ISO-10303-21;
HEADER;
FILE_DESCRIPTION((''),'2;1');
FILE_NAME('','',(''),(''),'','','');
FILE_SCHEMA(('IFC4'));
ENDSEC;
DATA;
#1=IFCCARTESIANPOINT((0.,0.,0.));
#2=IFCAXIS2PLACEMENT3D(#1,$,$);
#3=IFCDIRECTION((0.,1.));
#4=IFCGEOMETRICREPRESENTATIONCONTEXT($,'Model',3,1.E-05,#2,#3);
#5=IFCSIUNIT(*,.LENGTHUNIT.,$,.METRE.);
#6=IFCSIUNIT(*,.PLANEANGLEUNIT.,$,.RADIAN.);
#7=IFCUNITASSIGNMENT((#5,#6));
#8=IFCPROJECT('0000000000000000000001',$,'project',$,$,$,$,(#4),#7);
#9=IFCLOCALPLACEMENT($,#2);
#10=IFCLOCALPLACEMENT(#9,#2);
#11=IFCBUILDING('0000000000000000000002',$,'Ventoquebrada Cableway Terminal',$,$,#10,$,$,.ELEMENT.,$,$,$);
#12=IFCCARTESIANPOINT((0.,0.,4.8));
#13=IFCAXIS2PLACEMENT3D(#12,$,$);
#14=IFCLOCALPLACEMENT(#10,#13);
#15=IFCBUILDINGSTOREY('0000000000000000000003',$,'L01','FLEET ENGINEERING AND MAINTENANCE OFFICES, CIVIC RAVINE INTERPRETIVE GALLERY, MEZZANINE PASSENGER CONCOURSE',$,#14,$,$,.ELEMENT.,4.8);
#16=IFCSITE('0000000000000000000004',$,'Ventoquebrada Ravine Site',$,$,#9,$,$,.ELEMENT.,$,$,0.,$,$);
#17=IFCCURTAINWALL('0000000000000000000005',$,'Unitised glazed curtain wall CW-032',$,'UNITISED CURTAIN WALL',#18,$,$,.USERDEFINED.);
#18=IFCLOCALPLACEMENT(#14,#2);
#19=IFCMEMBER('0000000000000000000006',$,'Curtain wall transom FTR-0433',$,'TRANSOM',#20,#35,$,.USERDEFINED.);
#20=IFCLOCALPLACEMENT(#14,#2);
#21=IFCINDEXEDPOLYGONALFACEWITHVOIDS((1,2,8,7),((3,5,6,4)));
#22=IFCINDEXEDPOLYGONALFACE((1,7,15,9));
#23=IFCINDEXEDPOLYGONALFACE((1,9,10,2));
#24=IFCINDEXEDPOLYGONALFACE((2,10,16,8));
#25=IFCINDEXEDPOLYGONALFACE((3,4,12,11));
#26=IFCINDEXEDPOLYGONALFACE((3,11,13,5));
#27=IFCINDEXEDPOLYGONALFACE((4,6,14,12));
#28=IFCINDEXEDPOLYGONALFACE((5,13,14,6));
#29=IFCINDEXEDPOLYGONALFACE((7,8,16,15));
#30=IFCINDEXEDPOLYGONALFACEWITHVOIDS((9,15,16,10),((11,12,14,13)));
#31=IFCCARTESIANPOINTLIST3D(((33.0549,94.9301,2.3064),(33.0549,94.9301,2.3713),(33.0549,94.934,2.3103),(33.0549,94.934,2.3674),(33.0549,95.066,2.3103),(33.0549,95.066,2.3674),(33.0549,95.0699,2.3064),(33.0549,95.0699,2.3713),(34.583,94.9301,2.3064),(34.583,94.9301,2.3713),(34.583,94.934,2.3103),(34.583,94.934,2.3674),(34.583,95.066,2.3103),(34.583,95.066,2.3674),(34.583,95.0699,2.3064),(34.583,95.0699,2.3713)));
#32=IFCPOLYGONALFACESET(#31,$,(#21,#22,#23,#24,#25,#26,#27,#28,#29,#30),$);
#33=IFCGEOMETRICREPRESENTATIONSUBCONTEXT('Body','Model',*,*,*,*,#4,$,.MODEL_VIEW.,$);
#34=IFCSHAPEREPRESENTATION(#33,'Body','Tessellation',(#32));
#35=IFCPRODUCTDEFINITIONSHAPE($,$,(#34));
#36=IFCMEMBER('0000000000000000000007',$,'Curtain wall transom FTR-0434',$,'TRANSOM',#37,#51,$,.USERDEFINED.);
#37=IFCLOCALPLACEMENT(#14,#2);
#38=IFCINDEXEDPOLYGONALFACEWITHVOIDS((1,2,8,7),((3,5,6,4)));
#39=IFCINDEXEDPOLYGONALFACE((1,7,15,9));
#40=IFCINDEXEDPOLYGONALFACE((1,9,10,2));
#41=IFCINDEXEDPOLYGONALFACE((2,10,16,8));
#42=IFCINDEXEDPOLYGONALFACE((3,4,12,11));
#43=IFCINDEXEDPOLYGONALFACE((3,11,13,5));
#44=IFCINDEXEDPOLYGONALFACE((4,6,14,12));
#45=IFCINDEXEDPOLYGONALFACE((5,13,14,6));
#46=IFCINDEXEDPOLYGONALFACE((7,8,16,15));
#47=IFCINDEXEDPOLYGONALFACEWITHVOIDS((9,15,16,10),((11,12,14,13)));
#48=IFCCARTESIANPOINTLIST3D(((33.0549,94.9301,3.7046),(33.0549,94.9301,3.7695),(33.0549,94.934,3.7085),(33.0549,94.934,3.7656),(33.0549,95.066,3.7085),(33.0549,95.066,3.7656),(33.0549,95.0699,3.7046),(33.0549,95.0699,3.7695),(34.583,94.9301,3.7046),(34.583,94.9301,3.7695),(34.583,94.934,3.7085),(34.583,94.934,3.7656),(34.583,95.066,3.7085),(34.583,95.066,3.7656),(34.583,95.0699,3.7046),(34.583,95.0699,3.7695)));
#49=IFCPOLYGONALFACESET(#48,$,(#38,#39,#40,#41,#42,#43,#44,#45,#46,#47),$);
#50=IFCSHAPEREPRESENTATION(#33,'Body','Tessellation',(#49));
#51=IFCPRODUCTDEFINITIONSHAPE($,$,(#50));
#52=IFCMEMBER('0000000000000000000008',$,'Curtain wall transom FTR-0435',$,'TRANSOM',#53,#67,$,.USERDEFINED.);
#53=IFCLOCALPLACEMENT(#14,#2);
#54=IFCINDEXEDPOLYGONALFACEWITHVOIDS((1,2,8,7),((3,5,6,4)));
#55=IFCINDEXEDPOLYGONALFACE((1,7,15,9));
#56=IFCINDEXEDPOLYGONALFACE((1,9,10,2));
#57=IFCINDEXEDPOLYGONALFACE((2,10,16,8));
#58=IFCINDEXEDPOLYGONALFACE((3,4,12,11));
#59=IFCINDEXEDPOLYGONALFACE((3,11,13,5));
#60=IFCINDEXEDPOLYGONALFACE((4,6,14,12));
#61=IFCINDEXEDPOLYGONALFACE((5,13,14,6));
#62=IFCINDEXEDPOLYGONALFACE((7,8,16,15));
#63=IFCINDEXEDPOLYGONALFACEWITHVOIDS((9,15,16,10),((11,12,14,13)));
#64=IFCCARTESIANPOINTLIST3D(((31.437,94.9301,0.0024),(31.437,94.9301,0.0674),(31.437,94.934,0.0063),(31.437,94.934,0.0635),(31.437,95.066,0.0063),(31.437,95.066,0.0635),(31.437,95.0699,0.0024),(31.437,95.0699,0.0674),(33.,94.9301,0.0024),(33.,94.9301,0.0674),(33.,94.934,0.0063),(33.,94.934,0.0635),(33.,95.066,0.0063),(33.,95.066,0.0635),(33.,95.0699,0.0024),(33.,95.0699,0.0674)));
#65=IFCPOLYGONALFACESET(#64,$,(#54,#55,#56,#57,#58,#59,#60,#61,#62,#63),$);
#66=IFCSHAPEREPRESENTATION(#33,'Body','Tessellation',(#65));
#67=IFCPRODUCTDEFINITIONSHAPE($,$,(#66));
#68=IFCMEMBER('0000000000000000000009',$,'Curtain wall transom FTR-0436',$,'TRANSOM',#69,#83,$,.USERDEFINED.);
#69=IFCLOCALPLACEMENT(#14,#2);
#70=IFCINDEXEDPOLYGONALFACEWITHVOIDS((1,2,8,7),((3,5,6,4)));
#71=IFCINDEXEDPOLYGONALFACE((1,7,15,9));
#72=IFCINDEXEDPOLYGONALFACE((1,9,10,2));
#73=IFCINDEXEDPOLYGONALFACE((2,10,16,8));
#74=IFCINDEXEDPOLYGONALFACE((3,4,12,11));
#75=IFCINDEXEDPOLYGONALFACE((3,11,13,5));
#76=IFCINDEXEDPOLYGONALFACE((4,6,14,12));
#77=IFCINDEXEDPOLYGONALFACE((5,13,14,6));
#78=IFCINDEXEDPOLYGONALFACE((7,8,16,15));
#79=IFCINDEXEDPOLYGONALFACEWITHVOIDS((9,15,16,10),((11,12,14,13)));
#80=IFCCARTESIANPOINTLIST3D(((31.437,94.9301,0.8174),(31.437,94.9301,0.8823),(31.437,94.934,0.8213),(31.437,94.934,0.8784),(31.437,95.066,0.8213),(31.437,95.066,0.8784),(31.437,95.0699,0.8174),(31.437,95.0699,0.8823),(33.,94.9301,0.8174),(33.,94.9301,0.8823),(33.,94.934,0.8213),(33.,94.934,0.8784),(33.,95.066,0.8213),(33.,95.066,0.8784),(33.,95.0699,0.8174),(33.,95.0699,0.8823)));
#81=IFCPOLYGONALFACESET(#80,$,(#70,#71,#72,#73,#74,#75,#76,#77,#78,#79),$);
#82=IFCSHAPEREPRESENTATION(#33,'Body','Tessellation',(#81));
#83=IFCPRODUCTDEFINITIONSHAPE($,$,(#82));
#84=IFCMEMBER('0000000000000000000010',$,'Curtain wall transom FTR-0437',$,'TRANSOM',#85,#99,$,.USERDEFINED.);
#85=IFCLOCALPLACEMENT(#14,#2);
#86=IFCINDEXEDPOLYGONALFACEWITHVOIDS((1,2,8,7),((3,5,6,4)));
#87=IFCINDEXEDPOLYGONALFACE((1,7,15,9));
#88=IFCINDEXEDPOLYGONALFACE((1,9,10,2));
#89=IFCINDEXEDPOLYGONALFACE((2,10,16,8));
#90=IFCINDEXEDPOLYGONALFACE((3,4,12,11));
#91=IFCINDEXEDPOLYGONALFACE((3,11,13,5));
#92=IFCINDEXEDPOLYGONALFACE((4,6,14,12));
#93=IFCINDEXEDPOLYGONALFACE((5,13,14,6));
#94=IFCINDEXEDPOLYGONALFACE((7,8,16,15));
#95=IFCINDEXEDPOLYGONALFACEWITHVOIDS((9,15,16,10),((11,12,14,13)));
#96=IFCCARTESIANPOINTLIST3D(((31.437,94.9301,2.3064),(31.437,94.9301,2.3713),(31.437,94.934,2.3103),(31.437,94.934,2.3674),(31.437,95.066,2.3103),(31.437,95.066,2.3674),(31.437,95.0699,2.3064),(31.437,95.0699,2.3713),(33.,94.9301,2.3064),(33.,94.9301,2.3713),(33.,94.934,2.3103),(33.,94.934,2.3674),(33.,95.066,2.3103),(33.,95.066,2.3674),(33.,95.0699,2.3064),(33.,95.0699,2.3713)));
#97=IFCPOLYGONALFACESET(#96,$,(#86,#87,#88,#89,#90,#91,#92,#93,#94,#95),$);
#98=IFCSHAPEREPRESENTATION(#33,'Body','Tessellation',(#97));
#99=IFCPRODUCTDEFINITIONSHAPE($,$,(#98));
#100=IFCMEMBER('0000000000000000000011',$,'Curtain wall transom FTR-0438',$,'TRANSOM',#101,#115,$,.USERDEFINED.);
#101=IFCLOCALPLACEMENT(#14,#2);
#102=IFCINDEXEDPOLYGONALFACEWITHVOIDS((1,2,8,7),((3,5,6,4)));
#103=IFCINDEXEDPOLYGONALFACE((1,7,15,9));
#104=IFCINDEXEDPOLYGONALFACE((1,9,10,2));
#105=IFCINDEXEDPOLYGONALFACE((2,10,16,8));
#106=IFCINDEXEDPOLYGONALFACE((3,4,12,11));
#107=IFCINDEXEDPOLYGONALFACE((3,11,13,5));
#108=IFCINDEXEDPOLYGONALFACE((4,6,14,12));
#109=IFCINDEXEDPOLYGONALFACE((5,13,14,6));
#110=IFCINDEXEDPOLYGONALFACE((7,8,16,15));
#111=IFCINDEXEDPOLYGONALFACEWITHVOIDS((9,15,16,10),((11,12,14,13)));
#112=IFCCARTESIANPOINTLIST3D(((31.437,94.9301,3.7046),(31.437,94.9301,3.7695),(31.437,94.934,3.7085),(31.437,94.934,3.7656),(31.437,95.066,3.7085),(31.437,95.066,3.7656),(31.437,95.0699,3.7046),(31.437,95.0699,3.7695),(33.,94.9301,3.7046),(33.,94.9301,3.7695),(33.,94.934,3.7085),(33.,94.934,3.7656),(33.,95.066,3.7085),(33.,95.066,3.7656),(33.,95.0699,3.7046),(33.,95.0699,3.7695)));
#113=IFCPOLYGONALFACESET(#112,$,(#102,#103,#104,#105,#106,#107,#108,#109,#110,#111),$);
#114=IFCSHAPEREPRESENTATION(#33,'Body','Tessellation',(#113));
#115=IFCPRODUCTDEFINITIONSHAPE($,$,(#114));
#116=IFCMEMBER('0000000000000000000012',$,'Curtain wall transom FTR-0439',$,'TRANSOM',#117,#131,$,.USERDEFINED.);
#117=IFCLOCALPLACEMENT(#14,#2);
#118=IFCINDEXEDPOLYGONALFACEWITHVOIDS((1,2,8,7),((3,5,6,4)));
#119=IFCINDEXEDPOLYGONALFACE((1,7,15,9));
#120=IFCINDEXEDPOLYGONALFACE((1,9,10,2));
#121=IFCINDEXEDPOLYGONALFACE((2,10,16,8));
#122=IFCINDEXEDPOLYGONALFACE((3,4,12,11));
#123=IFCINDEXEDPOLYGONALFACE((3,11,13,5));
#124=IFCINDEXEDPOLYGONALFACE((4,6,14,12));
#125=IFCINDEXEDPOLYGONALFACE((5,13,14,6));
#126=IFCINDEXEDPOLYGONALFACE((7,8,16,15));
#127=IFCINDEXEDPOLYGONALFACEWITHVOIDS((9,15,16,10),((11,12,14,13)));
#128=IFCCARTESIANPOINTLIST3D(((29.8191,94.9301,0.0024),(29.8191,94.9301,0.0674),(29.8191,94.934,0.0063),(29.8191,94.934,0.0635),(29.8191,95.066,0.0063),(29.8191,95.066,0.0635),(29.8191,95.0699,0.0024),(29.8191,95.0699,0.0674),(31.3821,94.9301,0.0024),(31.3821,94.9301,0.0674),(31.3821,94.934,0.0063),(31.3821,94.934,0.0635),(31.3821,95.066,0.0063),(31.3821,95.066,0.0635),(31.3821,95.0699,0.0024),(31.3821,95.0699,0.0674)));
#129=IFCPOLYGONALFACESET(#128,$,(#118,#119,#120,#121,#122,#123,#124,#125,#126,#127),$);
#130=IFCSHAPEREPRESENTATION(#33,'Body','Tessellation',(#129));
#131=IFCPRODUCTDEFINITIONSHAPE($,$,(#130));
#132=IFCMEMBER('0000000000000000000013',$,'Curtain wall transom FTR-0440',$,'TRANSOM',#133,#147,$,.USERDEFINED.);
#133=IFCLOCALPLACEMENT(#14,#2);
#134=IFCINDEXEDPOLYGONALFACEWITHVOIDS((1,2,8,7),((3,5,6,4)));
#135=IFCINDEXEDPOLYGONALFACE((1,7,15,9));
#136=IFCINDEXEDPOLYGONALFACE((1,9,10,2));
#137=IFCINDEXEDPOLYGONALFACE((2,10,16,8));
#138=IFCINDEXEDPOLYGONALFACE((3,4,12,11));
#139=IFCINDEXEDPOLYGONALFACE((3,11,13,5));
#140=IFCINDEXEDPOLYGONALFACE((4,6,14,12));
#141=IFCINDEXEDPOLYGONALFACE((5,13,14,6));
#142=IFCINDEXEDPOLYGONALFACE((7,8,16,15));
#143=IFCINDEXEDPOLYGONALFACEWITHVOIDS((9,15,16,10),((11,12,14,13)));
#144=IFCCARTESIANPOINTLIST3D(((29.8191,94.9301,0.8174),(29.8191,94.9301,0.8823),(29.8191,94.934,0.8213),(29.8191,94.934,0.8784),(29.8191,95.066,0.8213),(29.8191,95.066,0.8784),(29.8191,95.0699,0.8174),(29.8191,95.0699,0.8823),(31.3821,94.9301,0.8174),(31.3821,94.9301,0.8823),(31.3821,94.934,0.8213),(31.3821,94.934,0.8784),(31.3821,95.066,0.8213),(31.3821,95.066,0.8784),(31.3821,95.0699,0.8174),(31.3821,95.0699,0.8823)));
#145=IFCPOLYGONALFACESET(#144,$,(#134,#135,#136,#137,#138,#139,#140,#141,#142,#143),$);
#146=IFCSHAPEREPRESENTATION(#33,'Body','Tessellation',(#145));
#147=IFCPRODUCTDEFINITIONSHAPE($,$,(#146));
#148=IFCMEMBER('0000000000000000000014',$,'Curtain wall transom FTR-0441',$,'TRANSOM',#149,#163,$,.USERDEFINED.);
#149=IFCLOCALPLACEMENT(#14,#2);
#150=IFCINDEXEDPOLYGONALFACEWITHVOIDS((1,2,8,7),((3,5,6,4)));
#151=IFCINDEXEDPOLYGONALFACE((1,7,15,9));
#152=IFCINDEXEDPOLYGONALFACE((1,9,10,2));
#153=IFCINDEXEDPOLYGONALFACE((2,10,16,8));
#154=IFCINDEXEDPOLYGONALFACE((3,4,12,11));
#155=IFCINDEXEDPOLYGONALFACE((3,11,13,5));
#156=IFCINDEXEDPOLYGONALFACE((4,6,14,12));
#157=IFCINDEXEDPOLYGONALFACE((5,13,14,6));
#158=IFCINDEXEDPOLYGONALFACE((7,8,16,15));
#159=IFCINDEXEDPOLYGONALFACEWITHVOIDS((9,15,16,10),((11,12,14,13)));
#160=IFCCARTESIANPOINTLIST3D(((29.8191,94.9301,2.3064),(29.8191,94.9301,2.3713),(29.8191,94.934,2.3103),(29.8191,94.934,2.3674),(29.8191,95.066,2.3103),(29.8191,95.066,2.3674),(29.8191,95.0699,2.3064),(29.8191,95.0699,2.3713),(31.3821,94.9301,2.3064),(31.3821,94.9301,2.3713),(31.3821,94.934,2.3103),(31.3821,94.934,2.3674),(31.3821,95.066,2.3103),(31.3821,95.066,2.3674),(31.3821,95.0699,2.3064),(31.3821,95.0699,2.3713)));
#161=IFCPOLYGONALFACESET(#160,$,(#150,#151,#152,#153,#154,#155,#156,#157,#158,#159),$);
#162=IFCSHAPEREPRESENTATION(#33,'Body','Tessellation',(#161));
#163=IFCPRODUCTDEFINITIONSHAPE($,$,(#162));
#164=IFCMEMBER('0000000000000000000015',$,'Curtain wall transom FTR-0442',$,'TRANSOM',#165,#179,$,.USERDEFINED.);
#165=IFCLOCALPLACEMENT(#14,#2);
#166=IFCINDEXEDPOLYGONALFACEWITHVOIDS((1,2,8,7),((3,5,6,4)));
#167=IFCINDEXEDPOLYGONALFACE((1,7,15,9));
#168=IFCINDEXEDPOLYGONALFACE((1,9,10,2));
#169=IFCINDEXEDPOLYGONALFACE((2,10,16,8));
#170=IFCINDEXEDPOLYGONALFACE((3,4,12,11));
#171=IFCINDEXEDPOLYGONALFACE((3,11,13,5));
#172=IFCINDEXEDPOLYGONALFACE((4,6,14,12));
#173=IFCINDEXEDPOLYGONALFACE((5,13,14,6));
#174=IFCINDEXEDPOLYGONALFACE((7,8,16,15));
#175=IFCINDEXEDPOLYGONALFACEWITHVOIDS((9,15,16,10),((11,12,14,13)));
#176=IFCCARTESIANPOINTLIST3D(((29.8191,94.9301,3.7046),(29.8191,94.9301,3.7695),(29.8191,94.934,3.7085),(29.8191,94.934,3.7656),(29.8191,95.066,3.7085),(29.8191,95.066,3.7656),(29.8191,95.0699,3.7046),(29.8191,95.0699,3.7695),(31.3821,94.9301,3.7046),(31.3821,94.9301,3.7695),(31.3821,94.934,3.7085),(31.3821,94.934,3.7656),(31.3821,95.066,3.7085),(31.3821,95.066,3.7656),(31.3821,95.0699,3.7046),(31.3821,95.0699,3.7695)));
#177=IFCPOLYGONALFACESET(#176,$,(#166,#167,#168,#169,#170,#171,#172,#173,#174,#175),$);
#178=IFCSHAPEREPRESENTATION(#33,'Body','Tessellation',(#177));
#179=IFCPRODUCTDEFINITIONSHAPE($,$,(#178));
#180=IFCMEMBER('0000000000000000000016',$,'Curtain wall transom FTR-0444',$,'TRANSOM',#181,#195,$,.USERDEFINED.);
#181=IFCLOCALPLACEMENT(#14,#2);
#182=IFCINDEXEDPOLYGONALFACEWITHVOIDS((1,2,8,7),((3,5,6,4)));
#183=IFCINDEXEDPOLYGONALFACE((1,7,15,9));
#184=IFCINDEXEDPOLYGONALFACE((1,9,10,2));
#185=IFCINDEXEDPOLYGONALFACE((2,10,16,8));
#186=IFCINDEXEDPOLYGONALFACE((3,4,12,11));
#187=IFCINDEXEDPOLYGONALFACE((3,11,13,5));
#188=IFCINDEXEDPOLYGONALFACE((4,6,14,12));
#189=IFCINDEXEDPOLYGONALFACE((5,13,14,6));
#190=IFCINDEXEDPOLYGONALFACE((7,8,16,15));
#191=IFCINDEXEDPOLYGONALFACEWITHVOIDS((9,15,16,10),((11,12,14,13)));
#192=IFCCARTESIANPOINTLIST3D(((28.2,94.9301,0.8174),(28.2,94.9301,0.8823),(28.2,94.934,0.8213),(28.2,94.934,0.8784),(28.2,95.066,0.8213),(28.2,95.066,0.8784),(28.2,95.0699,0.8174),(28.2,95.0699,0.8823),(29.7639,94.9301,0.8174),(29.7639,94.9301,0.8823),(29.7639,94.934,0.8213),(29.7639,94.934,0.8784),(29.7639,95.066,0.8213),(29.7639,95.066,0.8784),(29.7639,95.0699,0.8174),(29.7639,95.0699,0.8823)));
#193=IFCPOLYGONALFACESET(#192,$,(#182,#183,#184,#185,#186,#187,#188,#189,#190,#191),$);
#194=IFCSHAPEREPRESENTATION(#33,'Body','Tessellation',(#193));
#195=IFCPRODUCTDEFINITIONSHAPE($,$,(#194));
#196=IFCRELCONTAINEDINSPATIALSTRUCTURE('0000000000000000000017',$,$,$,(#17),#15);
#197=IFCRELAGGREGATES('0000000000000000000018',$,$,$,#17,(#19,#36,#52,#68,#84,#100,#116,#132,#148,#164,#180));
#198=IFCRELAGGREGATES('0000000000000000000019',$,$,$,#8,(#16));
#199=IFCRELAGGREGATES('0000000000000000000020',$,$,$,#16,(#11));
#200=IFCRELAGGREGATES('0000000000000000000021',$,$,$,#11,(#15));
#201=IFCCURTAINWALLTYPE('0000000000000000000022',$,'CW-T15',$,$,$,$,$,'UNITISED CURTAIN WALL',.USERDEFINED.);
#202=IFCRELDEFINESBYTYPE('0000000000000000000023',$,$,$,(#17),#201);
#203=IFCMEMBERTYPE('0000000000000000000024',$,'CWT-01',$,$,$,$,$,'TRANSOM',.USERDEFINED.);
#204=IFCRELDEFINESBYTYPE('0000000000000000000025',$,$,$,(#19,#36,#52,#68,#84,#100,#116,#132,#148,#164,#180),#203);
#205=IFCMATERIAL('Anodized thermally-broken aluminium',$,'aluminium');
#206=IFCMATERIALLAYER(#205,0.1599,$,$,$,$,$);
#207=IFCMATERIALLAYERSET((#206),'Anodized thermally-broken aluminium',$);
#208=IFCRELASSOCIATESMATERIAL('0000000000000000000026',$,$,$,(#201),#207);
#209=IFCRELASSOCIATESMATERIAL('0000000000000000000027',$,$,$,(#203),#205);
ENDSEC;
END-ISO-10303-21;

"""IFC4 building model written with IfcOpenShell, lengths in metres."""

from ifc_helpers import new_model, si_unit, direction, frame, origin, origin_2d, place, context, subcontext, project, spatial, hollow_rectangle, extrude, material, layer, layer_set, material_profile, profile_set, type_object, element, aggregate, save


model = new_model("IFC4")

# Units and contexts
model_context = context("Model", 3, precision=1e-05, world=origin(), true_north=direction((0.0, 1.0)))
body_context = subcontext(model_context, "Body", "Model", "MODEL_VIEW")
ifc_project = project(units=[si_unit("LENGTHUNIT", "METRE"), si_unit("PLANEANGLEUNIT", "RADIAN")], contexts=[model_context])

# Site, building, storey
site_placement = place(None, origin())
site = spatial("IfcSite", under=ifc_project, at=site_placement, Name="Ventoquebrada Ravine Site", CompositionType="ELEMENT", RefElevation=0.0)
building_placement = place(site_placement, origin())
building = spatial("IfcBuilding", under=site, at=building_placement, Name="Ventoquebrada Cableway Terminal", CompositionType="ELEMENT")
storey_placement = place(building_placement, frame((0.0, 0.0, 4.8)))
storey = spatial("IfcBuildingStorey", under=building, at=storey_placement, Name="L01", Description="FLEET ENGINEERING AND MAINTENANCE OFFICES, CIVIC RAVINE INTERPRETIVE GALLERY, MEZZANINE PASSENGER CONCOURSE", CompositionType="ELEMENT", Elevation=4.8)

# Curtain wall, members
ifc_material_1 = material(Name="Anodized thermally-broken aluminium", Category="aluminium")
ifc_layer_1 = layer(ifc_material_1, 0.1599)
ifc_layer_set_1 = layer_set([ifc_layer_1], Name="Anodized thermally-broken aluminium")
curtain_wall_type = type_object("IfcCurtainWallType", Name="CW-T15", ElementType="UNITISED CURTAIN WALL", PredefinedType="USERDEFINED", material=ifc_layer_set_1)
curtain_wall_placement = place(storey_placement, origin())
curtain_wall = element("IfcCurtainWall", 1, at=curtain_wall_placement, inside=storey, type_object=curtain_wall_type, Name="Unitised glazed curtain wall CW-032", ObjectType="UNITISED CURTAIN WALL", PredefinedType="USERDEFINED")
ifc_material_profile_1 = material_profile(ifc_material_1, hollow_rectangle(XDim=0.0649, YDim=0.1399, WallThickness=0.0039, at=origin_2d()), Name="CW-TRN-65X140")
ifc_profile_set_1 = profile_set([ifc_material_profile_1], Name="Anodized thermally-broken aluminium")
member_type_1 = type_object("IfcMemberType", Name="CWT-01", ElementType="TRANSOM", PredefinedType="USERDEFINED", material=ifc_profile_set_1)
member_1_placement = place(storey_placement, frame((34.583, 95.0, 2.3389), z_axis=(-1.0, 0.0, 0.0), x_axis=(0.0, 0.0, 1.0)))
member_1 = element("IfcMember", 2, at=member_1_placement, type_object=member_type_1, Name="Curtain wall transom FTR-0433", ObjectType="TRANSOM", PredefinedType="USERDEFINED", context=body_context, shape_type="SweptSolid", body=[
    extrude(hollow_rectangle(XDim=0.0649, YDim=0.1399, WallThickness=0.0039, at=origin_2d()), origin(), (0.0, 0.0, 1.0), 1.5281),
])
member_2_placement = place(storey_placement, frame((34.583, 95.0, 3.7371), z_axis=(-1.0, 0.0, 0.0), x_axis=(0.0, 0.0, 1.0)))
member_2 = element("IfcMember", 3, at=member_2_placement, type_object=member_type_1, Name="Curtain wall transom FTR-0434", ObjectType="TRANSOM", PredefinedType="USERDEFINED", context=body_context, shape_type="SweptSolid", body=[
    extrude(hollow_rectangle(XDim=0.0649, YDim=0.1399, WallThickness=0.0039, at=origin_2d()), origin(), (0.0, 0.0, 1.0), 1.5281),
])
member_3_placement = place(storey_placement, frame((33.0, 95.0, 0.0349), z_axis=(-1.0, 0.0, 0.0), x_axis=(0.0, 0.0, 1.0)))
member_3 = element("IfcMember", 4, at=member_3_placement, type_object=member_type_1, Name="Curtain wall transom FTR-0435", ObjectType="TRANSOM", PredefinedType="USERDEFINED", context=body_context, shape_type="SweptSolid", body=[
    extrude(hollow_rectangle(XDim=0.0649, YDim=0.1399, WallThickness=0.0039, at=origin_2d()), origin(), (0.0, 0.0, 1.0), 1.563),
])
member_4_placement = place(storey_placement, frame((33.0, 95.0, 0.8499), z_axis=(-1.0, 0.0, 0.0), x_axis=(0.0, 0.0, 1.0)))
member_4 = element("IfcMember", 5, at=member_4_placement, type_object=member_type_1, Name="Curtain wall transom FTR-0436", ObjectType="TRANSOM", PredefinedType="USERDEFINED", context=body_context, shape_type="SweptSolid", body=[
    extrude(hollow_rectangle(XDim=0.0649, YDim=0.1399, WallThickness=0.0039, at=origin_2d()), origin(), (0.0, 0.0, 1.0), 1.563),
])
member_5_placement = place(storey_placement, frame((33.0, 95.0, 2.3389), z_axis=(-1.0, 0.0, 0.0), x_axis=(0.0, 0.0, 1.0)))
member_5 = element("IfcMember", 6, at=member_5_placement, type_object=member_type_1, Name="Curtain wall transom FTR-0437", ObjectType="TRANSOM", PredefinedType="USERDEFINED", context=body_context, shape_type="SweptSolid", body=[
    extrude(hollow_rectangle(XDim=0.0649, YDim=0.1399, WallThickness=0.0039, at=origin_2d()), origin(), (0.0, 0.0, 1.0), 1.563),
])
member_6_placement = place(storey_placement, frame((33.0, 95.0, 3.7371), z_axis=(-1.0, 0.0, 0.0), x_axis=(0.0, 0.0, 1.0)))
member_6 = element("IfcMember", 7, at=member_6_placement, type_object=member_type_1, Name="Curtain wall transom FTR-0438", ObjectType="TRANSOM", PredefinedType="USERDEFINED", context=body_context, shape_type="SweptSolid", body=[
    extrude(hollow_rectangle(XDim=0.0649, YDim=0.1399, WallThickness=0.0039, at=origin_2d()), origin(), (0.0, 0.0, 1.0), 1.563),
])
member_7_placement = place(storey_placement, frame((31.3821, 95.0, 0.0349), z_axis=(-1.0, 0.0, 0.0), x_axis=(0.0, 0.0, 1.0)))
member_7 = element("IfcMember", 8, at=member_7_placement, type_object=member_type_1, Name="Curtain wall transom FTR-0439", ObjectType="TRANSOM", PredefinedType="USERDEFINED", context=body_context, shape_type="SweptSolid", body=[
    extrude(hollow_rectangle(XDim=0.0649, YDim=0.1399, WallThickness=0.0039, at=origin_2d()), origin(), (0.0, 0.0, 1.0), 1.563),
])
member_8_placement = place(storey_placement, frame((31.3821, 95.0, 0.8499), z_axis=(-1.0, 0.0, 0.0), x_axis=(0.0, 0.0, 1.0)))
member_8 = element("IfcMember", 9, at=member_8_placement, type_object=member_type_1, Name="Curtain wall transom FTR-0440", ObjectType="TRANSOM", PredefinedType="USERDEFINED", context=body_context, shape_type="SweptSolid", body=[
    extrude(hollow_rectangle(XDim=0.0649, YDim=0.1399, WallThickness=0.0039, at=origin_2d()), origin(), (0.0, 0.0, 1.0), 1.563),
])
member_9_placement = place(storey_placement, frame((31.3821, 95.0, 2.3389), z_axis=(-1.0, 0.0, 0.0), x_axis=(0.0, 0.0, 1.0)))
member_9 = element("IfcMember", 10, at=member_9_placement, type_object=member_type_1, Name="Curtain wall transom FTR-0441", ObjectType="TRANSOM", PredefinedType="USERDEFINED", context=body_context, shape_type="SweptSolid", body=[
    extrude(hollow_rectangle(XDim=0.0649, YDim=0.1399, WallThickness=0.0039, at=origin_2d()), origin(), (0.0, 0.0, 1.0), 1.563),
])
member_10_placement = place(storey_placement, frame((31.3821, 95.0, 3.7371), z_axis=(-1.0, 0.0, 0.0), x_axis=(0.0, 0.0, 1.0)))
member_10 = element("IfcMember", 11, at=member_10_placement, type_object=member_type_1, Name="Curtain wall transom FTR-0442", ObjectType="TRANSOM", PredefinedType="USERDEFINED", context=body_context, shape_type="SweptSolid", body=[
    extrude(hollow_rectangle(XDim=0.0649, YDim=0.1399, WallThickness=0.0039, at=origin_2d()), origin(), (0.0, 0.0, 1.0), 1.563),
])
member_11_placement = place(storey_placement, frame((29.7639, 95.0, 0.8499), z_axis=(-1.0, 0.0, 0.0), x_axis=(0.0, 0.0, 1.0)))
member_11 = element("IfcMember", 12, at=member_11_placement, type_object=member_type_1, Name="Curtain wall transom FTR-0444", ObjectType="TRANSOM", PredefinedType="USERDEFINED", context=body_context, shape_type="SweptSolid", body=[
    extrude(hollow_rectangle(XDim=0.0649, YDim=0.1399, WallThickness=0.0039, at=origin_2d()), origin(), (0.0, 0.0, 1.0), 1.564),
])

aggregate(curtain_wall, [member_1, member_2, member_3, member_4, member_5, member_6, member_7, member_8, member_9, member_10, member_11])

save(model, "model.ifc")
